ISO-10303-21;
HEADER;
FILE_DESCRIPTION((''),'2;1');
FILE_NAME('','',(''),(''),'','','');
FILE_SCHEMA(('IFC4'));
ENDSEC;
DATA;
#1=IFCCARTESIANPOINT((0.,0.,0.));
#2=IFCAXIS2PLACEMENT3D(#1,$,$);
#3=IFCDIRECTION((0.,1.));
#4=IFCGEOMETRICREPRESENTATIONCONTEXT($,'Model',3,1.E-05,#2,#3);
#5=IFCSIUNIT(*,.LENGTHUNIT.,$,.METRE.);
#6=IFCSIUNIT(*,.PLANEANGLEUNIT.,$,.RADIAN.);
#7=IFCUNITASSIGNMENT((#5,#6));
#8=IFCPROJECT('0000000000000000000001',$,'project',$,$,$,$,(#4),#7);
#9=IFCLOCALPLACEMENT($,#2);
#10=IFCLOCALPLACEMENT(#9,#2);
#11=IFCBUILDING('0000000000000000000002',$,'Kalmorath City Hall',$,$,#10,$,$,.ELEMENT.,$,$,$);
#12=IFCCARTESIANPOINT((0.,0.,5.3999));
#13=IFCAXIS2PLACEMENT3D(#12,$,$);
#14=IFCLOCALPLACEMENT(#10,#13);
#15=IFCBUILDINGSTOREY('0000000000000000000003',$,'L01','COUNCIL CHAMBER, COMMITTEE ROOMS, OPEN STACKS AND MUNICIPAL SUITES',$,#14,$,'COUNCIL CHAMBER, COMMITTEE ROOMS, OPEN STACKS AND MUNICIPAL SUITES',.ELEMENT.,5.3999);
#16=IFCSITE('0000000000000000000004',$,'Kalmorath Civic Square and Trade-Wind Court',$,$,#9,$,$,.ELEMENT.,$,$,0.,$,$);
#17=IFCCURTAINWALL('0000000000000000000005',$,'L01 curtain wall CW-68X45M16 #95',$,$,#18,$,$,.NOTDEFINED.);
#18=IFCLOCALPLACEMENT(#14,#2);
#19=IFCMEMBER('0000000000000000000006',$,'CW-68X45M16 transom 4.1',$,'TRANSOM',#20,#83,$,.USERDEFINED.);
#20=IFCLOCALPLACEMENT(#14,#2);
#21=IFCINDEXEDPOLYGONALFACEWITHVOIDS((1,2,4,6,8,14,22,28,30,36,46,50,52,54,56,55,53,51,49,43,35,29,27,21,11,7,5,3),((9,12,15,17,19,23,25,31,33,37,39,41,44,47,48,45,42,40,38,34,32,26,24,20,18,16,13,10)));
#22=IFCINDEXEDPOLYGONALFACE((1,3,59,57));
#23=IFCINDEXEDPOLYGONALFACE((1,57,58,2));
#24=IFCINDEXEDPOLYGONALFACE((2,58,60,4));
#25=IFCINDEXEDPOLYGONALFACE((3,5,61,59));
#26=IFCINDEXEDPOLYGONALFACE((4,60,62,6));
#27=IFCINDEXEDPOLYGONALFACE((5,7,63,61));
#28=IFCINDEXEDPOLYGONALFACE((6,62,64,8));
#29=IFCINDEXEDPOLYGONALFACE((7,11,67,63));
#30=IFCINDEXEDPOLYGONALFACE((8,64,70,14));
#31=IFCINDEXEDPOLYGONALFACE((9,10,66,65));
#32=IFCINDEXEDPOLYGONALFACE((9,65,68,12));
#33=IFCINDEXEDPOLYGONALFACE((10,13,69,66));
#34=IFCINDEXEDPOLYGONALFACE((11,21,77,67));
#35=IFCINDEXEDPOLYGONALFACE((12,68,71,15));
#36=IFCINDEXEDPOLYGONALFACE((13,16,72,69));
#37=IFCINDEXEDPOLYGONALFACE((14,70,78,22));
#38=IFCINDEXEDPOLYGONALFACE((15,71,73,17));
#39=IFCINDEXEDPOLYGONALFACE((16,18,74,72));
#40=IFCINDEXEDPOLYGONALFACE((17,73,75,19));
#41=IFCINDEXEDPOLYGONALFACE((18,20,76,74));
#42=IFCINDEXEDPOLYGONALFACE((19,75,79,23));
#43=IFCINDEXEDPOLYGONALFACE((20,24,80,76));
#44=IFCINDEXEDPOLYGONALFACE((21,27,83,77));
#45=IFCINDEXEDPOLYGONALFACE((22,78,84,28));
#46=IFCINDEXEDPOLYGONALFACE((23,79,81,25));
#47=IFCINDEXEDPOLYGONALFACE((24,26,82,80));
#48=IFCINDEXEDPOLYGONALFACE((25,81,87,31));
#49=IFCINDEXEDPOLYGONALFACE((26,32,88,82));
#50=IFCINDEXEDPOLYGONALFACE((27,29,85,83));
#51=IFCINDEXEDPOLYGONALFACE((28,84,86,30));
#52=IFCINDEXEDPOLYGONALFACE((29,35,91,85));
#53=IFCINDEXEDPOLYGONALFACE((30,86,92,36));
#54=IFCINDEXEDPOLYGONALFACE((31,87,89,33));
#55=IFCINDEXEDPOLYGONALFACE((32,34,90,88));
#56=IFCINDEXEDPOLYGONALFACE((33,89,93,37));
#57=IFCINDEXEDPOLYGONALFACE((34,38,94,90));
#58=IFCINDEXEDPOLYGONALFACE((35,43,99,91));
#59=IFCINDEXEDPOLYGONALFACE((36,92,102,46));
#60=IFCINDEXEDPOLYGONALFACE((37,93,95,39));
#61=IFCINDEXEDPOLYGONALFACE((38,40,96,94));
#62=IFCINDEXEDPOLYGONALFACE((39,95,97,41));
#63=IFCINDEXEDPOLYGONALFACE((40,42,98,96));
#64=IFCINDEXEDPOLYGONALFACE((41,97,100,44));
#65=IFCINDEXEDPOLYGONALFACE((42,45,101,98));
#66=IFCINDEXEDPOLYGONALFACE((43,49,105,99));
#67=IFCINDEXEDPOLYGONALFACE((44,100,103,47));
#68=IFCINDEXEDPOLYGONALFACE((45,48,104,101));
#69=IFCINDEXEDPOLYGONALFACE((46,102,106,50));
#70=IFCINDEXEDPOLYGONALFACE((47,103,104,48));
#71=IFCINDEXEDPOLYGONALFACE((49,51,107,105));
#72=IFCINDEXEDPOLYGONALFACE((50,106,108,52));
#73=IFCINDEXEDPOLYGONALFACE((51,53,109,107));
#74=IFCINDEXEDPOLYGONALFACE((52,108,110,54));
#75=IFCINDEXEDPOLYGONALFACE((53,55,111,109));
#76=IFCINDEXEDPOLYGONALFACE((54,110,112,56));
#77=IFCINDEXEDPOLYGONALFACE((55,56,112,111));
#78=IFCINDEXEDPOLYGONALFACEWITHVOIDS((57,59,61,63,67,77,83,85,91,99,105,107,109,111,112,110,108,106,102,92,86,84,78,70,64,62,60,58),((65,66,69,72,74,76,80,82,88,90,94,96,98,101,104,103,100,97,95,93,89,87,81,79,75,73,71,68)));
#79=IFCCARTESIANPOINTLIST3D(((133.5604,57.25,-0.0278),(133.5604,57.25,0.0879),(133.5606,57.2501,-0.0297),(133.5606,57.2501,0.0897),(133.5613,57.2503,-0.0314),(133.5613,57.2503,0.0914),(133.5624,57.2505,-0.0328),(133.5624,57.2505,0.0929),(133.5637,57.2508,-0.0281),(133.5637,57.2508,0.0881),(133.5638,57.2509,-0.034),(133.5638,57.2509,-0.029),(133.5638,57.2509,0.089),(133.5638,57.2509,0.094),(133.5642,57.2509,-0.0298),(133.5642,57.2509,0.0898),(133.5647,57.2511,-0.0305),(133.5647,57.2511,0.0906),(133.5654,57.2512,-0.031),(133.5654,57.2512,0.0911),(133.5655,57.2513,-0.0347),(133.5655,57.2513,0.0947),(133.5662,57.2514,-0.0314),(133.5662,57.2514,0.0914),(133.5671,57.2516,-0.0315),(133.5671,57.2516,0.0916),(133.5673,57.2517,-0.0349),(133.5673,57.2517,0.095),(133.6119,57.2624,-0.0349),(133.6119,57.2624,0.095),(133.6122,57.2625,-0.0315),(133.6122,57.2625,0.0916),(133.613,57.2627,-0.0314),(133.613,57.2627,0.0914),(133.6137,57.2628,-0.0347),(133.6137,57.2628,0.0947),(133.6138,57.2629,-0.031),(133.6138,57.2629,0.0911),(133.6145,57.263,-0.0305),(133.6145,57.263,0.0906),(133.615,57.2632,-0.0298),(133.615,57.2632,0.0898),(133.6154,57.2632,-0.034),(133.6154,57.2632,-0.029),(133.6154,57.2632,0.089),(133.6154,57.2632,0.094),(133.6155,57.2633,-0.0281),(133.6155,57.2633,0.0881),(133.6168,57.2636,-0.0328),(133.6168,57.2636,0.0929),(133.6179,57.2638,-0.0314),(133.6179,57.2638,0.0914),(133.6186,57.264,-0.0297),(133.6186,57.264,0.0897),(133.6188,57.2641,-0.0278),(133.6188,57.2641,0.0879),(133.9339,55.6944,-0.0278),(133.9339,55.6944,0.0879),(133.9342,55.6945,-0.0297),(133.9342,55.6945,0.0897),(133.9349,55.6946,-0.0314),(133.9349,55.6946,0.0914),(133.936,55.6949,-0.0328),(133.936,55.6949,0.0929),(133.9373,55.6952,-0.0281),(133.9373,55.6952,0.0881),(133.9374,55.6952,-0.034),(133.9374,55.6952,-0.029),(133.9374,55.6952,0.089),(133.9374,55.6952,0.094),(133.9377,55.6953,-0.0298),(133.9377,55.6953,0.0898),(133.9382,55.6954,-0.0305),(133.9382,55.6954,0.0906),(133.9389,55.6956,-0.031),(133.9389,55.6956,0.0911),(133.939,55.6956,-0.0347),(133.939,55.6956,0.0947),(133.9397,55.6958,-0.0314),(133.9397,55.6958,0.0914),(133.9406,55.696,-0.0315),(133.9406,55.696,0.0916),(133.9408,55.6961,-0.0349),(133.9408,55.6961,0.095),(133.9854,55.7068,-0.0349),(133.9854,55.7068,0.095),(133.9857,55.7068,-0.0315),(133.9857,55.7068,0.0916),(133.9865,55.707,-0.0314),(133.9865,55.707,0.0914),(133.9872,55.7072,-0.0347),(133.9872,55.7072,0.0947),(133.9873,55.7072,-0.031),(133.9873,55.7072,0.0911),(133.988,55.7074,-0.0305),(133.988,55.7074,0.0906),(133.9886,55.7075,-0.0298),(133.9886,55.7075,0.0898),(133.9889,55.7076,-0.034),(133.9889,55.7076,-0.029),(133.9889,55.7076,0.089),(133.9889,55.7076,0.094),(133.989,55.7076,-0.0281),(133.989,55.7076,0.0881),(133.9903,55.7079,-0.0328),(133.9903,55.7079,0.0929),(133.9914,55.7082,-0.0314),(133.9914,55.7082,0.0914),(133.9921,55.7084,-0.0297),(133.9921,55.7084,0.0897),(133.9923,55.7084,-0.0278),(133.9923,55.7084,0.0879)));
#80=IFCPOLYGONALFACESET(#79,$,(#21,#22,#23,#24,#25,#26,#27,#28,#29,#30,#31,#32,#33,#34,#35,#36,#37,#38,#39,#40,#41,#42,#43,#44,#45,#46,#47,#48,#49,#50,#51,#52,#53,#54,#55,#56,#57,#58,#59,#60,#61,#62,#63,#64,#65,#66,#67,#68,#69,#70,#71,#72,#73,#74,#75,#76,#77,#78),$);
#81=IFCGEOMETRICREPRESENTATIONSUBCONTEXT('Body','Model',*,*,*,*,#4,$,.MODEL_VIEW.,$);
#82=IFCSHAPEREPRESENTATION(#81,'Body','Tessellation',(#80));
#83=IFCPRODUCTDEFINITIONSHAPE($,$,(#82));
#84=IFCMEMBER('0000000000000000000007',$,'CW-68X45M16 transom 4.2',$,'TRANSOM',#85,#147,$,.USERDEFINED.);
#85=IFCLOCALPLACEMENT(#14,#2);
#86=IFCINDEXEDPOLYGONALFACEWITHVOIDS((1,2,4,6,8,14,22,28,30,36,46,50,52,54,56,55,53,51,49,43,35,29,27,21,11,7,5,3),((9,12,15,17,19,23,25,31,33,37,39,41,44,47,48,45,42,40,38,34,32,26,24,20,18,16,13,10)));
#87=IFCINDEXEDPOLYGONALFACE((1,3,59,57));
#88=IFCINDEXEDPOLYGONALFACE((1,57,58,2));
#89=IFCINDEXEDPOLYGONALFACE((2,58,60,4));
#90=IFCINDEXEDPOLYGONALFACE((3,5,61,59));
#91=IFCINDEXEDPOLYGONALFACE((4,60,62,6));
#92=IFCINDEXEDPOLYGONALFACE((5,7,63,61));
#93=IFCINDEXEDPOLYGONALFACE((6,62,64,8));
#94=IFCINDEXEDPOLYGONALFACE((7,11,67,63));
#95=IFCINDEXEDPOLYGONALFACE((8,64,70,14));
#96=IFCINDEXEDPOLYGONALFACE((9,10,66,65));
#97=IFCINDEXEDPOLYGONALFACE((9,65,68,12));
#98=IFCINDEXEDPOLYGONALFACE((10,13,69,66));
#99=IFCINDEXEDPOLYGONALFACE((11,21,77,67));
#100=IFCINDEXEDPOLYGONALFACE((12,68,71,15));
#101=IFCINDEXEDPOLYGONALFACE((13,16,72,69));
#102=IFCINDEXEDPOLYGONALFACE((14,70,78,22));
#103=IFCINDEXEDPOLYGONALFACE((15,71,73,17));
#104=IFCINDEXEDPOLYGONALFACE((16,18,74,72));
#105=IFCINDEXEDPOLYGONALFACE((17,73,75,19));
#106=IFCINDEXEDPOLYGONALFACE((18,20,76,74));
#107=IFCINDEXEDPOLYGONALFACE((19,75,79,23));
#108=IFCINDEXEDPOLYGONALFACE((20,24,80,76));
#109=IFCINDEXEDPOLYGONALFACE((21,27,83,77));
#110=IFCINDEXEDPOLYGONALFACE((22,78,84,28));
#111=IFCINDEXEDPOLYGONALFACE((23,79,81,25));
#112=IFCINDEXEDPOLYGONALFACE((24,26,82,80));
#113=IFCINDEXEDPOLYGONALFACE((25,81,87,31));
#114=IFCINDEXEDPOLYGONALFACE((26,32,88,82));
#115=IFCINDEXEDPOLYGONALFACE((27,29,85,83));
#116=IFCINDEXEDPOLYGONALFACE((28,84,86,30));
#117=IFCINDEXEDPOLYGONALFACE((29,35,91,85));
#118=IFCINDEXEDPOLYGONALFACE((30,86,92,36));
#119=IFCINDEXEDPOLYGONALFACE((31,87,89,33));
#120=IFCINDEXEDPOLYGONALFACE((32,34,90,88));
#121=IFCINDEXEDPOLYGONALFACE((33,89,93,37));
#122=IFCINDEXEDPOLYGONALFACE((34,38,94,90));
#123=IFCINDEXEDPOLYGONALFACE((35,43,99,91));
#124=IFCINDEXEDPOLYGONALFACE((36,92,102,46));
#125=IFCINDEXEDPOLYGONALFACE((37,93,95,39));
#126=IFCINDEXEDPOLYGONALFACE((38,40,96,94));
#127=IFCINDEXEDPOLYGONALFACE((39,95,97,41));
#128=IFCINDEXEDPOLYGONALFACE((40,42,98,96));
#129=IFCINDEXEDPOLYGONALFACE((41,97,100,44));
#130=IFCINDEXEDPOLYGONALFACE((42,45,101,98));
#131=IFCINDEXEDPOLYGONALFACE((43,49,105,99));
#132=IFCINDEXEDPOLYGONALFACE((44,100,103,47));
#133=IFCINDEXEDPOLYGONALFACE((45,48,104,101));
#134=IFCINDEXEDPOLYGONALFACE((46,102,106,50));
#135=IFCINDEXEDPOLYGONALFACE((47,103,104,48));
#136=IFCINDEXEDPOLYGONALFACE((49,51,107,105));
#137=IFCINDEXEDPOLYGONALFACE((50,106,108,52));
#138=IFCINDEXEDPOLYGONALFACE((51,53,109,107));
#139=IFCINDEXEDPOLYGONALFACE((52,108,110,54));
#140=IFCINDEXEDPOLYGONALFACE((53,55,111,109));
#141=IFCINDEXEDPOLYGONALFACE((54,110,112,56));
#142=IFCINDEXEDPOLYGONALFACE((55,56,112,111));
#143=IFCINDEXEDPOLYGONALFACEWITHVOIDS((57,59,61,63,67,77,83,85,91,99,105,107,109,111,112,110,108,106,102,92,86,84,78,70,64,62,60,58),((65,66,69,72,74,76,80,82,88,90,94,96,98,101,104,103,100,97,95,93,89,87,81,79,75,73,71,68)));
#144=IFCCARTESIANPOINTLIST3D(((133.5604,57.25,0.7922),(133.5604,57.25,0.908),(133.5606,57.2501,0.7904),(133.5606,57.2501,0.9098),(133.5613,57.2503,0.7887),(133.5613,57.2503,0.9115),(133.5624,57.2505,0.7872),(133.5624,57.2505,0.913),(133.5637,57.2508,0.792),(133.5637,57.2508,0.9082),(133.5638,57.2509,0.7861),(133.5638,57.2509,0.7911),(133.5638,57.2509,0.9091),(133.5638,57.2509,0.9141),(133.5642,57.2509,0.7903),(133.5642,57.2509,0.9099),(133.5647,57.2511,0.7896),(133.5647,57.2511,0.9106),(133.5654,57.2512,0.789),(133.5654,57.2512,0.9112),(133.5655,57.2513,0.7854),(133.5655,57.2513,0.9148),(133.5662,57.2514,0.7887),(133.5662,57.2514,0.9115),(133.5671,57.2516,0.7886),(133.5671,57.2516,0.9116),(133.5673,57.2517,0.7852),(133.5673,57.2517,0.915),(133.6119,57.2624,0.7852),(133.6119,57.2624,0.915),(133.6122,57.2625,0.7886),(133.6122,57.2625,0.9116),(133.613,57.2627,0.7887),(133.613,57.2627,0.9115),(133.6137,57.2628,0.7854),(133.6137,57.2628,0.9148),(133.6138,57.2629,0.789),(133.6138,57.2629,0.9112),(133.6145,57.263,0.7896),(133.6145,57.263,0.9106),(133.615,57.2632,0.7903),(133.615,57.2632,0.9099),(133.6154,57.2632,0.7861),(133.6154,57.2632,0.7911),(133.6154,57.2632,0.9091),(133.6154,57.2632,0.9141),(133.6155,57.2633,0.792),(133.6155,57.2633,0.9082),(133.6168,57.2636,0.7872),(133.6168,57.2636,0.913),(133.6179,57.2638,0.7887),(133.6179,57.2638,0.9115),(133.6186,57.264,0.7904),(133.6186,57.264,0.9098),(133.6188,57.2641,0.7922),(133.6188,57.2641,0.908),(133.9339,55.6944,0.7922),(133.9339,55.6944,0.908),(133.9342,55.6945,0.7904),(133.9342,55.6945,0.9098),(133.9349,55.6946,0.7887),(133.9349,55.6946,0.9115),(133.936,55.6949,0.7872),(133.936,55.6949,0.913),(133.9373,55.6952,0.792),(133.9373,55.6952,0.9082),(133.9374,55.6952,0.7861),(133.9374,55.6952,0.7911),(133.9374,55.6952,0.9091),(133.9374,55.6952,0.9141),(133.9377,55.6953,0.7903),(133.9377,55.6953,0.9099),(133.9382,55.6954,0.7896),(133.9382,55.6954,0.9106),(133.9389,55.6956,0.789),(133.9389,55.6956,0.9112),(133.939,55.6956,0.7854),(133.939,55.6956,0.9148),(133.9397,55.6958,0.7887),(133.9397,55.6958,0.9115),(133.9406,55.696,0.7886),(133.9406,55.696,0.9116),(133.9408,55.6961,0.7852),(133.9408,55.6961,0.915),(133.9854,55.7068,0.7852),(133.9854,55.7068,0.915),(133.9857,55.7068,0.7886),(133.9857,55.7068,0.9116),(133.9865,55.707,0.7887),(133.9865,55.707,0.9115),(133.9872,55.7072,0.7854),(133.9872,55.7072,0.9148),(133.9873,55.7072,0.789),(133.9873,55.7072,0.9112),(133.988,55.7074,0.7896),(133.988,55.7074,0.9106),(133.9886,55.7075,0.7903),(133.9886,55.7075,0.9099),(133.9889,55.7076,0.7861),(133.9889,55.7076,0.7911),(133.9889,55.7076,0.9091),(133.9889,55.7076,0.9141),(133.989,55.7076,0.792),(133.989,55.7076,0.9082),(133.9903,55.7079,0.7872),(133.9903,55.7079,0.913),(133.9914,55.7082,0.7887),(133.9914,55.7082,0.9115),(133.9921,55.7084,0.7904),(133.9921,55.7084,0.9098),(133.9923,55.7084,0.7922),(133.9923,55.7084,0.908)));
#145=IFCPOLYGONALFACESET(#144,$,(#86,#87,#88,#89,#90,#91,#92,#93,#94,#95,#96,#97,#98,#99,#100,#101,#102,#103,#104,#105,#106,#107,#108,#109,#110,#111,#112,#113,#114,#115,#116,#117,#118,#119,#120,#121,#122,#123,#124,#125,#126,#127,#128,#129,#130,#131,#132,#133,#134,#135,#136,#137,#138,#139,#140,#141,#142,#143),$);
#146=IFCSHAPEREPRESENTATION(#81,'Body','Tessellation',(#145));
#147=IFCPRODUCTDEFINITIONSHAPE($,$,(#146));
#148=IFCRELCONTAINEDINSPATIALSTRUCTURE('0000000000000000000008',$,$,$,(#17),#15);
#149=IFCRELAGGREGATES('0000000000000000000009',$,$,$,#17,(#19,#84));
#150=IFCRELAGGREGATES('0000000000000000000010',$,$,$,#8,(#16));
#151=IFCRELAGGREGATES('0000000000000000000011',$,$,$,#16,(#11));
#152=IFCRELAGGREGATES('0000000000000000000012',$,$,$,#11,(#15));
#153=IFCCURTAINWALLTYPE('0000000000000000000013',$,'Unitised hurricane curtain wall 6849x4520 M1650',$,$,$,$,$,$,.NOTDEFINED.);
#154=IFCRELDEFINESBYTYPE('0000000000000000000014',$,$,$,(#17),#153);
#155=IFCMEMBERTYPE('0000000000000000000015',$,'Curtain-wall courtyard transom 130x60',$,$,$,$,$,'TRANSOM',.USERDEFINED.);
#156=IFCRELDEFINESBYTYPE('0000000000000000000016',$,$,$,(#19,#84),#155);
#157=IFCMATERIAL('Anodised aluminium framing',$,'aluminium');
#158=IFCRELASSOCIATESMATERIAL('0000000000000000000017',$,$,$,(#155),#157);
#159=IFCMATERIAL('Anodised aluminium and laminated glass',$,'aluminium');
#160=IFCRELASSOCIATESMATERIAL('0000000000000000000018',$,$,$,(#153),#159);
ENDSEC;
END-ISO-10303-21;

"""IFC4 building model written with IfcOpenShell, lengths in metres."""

from ifc_helpers import new_model, si_unit, direction, frame, origin, origin_2d, place, context, subcontext, project, spatial, hollow_rectangle, extrude, material, material_profile, profile_set, type_object, element, aggregate, save


model = new_model("IFC4")

# Units and contexts
model_context = context("Model", 3, precision=1e-05, world=origin(), true_north=direction((0.0, 1.0)))
body_context = subcontext(model_context, "Body", "Model", "MODEL_VIEW")
ifc_project = project(units=[si_unit("LENGTHUNIT", "METRE"), si_unit("PLANEANGLEUNIT", "RADIAN")], contexts=[model_context])

# Site, building, storey
site_placement = place(None, origin())
site = spatial("IfcSite", under=ifc_project, at=site_placement, Name="Kalmorath Civic Square and Trade-Wind Court", CompositionType="ELEMENT", RefElevation=0.0)
building_placement = place(site_placement, origin())
building = spatial("IfcBuilding", under=site, at=building_placement, Name="Kalmorath City Hall", CompositionType="ELEMENT")
storey_placement = place(building_placement, frame((0.0, 0.0, 5.3999)))
storey = spatial("IfcBuildingStorey", under=building, at=storey_placement, Name="L01", Description="COUNCIL CHAMBER, COMMITTEE ROOMS, OPEN STACKS AND MUNICIPAL SUITES", LongName="COUNCIL CHAMBER, COMMITTEE ROOMS, OPEN STACKS AND MUNICIPAL SUITES", CompositionType="ELEMENT", Elevation=5.3999)

# Curtain wall, members
ifc_material_1 = material(Name="Anodised aluminium framing", Category="aluminium")
ifc_material_profile_1 = material_profile(ifc_material_1, hollow_rectangle(XDim=0.0601, YDim=0.1299, WallThickness=0.0034, InnerFilletRadius=0.0034, OuterFilletRadius=0.0071, at=origin_2d()), Name="ALU-TRN-130X60X3.5")
ifc_profile_set_1 = profile_set([ifc_material_profile_1], Name="Anodised aluminium framing")
member_type_1 = type_object("IfcMemberType", Name="Curtain-wall courtyard transom 130x60", ElementType="TRANSOM", PredefinedType="USERDEFINED", material=ifc_profile_set_1)
ifc_material_2 = material(Name="Anodised aluminium and laminated glass", Category="aluminium")
curtain_wall_type_1 = type_object("IfcCurtainWallType", Name="Unitised hurricane curtain wall 6849x4520 M1650", PredefinedType="NOTDEFINED", material=ifc_material_2)
curtain_wall_1_placement = place(storey_placement, origin())
curtain_wall_1 = element("IfcCurtainWall", 1, at=curtain_wall_1_placement, inside=storey, type_object=curtain_wall_type_1, Name="L01 curtain wall CW-68X45M16 #95", PredefinedType="NOTDEFINED")
member_1_placement = place(storey_placement, frame((133.9631, 55.7014, 0.03), z_axis=(-0.233477, 0.972362, 0.0), x_axis=(-0.972362, -0.233477, 0.0)))
member_1 = element("IfcMember", 2, at=member_1_placement, type_object=member_type_1, Name="CW-68X45M16 transom 4.1", ObjectType="TRANSOM", PredefinedType="USERDEFINED", context=body_context, shape_type="SweptSolid", body=[
    extrude(hollow_rectangle(XDim=0.0601, YDim=0.1299, WallThickness=0.0034, InnerFilletRadius=0.0034, OuterFilletRadius=0.0071, at=origin_2d()), origin(), (0.0, 0.0, 1.0), 1.5999),
])
member_2_placement = place(storey_placement, frame((133.9631, 55.7014, 0.8501), z_axis=(-0.233477, 0.972362, 0.0), x_axis=(-0.972362, -0.233477, 0.0)))
member_2 = element("IfcMember", 3, at=member_2_placement, type_object=member_type_1, Name="CW-68X45M16 transom 4.2", ObjectType="TRANSOM", PredefinedType="USERDEFINED", context=body_context, shape_type="SweptSolid", body=[
    extrude(hollow_rectangle(XDim=0.0601, YDim=0.1299, WallThickness=0.0034, InnerFilletRadius=0.0034, OuterFilletRadius=0.0071, at=origin_2d()), origin(), (0.0, 0.0, 1.0), 1.5999),
])

aggregate(curtain_wall_1, [member_1, member_2])

save(model, "model.ifc")
